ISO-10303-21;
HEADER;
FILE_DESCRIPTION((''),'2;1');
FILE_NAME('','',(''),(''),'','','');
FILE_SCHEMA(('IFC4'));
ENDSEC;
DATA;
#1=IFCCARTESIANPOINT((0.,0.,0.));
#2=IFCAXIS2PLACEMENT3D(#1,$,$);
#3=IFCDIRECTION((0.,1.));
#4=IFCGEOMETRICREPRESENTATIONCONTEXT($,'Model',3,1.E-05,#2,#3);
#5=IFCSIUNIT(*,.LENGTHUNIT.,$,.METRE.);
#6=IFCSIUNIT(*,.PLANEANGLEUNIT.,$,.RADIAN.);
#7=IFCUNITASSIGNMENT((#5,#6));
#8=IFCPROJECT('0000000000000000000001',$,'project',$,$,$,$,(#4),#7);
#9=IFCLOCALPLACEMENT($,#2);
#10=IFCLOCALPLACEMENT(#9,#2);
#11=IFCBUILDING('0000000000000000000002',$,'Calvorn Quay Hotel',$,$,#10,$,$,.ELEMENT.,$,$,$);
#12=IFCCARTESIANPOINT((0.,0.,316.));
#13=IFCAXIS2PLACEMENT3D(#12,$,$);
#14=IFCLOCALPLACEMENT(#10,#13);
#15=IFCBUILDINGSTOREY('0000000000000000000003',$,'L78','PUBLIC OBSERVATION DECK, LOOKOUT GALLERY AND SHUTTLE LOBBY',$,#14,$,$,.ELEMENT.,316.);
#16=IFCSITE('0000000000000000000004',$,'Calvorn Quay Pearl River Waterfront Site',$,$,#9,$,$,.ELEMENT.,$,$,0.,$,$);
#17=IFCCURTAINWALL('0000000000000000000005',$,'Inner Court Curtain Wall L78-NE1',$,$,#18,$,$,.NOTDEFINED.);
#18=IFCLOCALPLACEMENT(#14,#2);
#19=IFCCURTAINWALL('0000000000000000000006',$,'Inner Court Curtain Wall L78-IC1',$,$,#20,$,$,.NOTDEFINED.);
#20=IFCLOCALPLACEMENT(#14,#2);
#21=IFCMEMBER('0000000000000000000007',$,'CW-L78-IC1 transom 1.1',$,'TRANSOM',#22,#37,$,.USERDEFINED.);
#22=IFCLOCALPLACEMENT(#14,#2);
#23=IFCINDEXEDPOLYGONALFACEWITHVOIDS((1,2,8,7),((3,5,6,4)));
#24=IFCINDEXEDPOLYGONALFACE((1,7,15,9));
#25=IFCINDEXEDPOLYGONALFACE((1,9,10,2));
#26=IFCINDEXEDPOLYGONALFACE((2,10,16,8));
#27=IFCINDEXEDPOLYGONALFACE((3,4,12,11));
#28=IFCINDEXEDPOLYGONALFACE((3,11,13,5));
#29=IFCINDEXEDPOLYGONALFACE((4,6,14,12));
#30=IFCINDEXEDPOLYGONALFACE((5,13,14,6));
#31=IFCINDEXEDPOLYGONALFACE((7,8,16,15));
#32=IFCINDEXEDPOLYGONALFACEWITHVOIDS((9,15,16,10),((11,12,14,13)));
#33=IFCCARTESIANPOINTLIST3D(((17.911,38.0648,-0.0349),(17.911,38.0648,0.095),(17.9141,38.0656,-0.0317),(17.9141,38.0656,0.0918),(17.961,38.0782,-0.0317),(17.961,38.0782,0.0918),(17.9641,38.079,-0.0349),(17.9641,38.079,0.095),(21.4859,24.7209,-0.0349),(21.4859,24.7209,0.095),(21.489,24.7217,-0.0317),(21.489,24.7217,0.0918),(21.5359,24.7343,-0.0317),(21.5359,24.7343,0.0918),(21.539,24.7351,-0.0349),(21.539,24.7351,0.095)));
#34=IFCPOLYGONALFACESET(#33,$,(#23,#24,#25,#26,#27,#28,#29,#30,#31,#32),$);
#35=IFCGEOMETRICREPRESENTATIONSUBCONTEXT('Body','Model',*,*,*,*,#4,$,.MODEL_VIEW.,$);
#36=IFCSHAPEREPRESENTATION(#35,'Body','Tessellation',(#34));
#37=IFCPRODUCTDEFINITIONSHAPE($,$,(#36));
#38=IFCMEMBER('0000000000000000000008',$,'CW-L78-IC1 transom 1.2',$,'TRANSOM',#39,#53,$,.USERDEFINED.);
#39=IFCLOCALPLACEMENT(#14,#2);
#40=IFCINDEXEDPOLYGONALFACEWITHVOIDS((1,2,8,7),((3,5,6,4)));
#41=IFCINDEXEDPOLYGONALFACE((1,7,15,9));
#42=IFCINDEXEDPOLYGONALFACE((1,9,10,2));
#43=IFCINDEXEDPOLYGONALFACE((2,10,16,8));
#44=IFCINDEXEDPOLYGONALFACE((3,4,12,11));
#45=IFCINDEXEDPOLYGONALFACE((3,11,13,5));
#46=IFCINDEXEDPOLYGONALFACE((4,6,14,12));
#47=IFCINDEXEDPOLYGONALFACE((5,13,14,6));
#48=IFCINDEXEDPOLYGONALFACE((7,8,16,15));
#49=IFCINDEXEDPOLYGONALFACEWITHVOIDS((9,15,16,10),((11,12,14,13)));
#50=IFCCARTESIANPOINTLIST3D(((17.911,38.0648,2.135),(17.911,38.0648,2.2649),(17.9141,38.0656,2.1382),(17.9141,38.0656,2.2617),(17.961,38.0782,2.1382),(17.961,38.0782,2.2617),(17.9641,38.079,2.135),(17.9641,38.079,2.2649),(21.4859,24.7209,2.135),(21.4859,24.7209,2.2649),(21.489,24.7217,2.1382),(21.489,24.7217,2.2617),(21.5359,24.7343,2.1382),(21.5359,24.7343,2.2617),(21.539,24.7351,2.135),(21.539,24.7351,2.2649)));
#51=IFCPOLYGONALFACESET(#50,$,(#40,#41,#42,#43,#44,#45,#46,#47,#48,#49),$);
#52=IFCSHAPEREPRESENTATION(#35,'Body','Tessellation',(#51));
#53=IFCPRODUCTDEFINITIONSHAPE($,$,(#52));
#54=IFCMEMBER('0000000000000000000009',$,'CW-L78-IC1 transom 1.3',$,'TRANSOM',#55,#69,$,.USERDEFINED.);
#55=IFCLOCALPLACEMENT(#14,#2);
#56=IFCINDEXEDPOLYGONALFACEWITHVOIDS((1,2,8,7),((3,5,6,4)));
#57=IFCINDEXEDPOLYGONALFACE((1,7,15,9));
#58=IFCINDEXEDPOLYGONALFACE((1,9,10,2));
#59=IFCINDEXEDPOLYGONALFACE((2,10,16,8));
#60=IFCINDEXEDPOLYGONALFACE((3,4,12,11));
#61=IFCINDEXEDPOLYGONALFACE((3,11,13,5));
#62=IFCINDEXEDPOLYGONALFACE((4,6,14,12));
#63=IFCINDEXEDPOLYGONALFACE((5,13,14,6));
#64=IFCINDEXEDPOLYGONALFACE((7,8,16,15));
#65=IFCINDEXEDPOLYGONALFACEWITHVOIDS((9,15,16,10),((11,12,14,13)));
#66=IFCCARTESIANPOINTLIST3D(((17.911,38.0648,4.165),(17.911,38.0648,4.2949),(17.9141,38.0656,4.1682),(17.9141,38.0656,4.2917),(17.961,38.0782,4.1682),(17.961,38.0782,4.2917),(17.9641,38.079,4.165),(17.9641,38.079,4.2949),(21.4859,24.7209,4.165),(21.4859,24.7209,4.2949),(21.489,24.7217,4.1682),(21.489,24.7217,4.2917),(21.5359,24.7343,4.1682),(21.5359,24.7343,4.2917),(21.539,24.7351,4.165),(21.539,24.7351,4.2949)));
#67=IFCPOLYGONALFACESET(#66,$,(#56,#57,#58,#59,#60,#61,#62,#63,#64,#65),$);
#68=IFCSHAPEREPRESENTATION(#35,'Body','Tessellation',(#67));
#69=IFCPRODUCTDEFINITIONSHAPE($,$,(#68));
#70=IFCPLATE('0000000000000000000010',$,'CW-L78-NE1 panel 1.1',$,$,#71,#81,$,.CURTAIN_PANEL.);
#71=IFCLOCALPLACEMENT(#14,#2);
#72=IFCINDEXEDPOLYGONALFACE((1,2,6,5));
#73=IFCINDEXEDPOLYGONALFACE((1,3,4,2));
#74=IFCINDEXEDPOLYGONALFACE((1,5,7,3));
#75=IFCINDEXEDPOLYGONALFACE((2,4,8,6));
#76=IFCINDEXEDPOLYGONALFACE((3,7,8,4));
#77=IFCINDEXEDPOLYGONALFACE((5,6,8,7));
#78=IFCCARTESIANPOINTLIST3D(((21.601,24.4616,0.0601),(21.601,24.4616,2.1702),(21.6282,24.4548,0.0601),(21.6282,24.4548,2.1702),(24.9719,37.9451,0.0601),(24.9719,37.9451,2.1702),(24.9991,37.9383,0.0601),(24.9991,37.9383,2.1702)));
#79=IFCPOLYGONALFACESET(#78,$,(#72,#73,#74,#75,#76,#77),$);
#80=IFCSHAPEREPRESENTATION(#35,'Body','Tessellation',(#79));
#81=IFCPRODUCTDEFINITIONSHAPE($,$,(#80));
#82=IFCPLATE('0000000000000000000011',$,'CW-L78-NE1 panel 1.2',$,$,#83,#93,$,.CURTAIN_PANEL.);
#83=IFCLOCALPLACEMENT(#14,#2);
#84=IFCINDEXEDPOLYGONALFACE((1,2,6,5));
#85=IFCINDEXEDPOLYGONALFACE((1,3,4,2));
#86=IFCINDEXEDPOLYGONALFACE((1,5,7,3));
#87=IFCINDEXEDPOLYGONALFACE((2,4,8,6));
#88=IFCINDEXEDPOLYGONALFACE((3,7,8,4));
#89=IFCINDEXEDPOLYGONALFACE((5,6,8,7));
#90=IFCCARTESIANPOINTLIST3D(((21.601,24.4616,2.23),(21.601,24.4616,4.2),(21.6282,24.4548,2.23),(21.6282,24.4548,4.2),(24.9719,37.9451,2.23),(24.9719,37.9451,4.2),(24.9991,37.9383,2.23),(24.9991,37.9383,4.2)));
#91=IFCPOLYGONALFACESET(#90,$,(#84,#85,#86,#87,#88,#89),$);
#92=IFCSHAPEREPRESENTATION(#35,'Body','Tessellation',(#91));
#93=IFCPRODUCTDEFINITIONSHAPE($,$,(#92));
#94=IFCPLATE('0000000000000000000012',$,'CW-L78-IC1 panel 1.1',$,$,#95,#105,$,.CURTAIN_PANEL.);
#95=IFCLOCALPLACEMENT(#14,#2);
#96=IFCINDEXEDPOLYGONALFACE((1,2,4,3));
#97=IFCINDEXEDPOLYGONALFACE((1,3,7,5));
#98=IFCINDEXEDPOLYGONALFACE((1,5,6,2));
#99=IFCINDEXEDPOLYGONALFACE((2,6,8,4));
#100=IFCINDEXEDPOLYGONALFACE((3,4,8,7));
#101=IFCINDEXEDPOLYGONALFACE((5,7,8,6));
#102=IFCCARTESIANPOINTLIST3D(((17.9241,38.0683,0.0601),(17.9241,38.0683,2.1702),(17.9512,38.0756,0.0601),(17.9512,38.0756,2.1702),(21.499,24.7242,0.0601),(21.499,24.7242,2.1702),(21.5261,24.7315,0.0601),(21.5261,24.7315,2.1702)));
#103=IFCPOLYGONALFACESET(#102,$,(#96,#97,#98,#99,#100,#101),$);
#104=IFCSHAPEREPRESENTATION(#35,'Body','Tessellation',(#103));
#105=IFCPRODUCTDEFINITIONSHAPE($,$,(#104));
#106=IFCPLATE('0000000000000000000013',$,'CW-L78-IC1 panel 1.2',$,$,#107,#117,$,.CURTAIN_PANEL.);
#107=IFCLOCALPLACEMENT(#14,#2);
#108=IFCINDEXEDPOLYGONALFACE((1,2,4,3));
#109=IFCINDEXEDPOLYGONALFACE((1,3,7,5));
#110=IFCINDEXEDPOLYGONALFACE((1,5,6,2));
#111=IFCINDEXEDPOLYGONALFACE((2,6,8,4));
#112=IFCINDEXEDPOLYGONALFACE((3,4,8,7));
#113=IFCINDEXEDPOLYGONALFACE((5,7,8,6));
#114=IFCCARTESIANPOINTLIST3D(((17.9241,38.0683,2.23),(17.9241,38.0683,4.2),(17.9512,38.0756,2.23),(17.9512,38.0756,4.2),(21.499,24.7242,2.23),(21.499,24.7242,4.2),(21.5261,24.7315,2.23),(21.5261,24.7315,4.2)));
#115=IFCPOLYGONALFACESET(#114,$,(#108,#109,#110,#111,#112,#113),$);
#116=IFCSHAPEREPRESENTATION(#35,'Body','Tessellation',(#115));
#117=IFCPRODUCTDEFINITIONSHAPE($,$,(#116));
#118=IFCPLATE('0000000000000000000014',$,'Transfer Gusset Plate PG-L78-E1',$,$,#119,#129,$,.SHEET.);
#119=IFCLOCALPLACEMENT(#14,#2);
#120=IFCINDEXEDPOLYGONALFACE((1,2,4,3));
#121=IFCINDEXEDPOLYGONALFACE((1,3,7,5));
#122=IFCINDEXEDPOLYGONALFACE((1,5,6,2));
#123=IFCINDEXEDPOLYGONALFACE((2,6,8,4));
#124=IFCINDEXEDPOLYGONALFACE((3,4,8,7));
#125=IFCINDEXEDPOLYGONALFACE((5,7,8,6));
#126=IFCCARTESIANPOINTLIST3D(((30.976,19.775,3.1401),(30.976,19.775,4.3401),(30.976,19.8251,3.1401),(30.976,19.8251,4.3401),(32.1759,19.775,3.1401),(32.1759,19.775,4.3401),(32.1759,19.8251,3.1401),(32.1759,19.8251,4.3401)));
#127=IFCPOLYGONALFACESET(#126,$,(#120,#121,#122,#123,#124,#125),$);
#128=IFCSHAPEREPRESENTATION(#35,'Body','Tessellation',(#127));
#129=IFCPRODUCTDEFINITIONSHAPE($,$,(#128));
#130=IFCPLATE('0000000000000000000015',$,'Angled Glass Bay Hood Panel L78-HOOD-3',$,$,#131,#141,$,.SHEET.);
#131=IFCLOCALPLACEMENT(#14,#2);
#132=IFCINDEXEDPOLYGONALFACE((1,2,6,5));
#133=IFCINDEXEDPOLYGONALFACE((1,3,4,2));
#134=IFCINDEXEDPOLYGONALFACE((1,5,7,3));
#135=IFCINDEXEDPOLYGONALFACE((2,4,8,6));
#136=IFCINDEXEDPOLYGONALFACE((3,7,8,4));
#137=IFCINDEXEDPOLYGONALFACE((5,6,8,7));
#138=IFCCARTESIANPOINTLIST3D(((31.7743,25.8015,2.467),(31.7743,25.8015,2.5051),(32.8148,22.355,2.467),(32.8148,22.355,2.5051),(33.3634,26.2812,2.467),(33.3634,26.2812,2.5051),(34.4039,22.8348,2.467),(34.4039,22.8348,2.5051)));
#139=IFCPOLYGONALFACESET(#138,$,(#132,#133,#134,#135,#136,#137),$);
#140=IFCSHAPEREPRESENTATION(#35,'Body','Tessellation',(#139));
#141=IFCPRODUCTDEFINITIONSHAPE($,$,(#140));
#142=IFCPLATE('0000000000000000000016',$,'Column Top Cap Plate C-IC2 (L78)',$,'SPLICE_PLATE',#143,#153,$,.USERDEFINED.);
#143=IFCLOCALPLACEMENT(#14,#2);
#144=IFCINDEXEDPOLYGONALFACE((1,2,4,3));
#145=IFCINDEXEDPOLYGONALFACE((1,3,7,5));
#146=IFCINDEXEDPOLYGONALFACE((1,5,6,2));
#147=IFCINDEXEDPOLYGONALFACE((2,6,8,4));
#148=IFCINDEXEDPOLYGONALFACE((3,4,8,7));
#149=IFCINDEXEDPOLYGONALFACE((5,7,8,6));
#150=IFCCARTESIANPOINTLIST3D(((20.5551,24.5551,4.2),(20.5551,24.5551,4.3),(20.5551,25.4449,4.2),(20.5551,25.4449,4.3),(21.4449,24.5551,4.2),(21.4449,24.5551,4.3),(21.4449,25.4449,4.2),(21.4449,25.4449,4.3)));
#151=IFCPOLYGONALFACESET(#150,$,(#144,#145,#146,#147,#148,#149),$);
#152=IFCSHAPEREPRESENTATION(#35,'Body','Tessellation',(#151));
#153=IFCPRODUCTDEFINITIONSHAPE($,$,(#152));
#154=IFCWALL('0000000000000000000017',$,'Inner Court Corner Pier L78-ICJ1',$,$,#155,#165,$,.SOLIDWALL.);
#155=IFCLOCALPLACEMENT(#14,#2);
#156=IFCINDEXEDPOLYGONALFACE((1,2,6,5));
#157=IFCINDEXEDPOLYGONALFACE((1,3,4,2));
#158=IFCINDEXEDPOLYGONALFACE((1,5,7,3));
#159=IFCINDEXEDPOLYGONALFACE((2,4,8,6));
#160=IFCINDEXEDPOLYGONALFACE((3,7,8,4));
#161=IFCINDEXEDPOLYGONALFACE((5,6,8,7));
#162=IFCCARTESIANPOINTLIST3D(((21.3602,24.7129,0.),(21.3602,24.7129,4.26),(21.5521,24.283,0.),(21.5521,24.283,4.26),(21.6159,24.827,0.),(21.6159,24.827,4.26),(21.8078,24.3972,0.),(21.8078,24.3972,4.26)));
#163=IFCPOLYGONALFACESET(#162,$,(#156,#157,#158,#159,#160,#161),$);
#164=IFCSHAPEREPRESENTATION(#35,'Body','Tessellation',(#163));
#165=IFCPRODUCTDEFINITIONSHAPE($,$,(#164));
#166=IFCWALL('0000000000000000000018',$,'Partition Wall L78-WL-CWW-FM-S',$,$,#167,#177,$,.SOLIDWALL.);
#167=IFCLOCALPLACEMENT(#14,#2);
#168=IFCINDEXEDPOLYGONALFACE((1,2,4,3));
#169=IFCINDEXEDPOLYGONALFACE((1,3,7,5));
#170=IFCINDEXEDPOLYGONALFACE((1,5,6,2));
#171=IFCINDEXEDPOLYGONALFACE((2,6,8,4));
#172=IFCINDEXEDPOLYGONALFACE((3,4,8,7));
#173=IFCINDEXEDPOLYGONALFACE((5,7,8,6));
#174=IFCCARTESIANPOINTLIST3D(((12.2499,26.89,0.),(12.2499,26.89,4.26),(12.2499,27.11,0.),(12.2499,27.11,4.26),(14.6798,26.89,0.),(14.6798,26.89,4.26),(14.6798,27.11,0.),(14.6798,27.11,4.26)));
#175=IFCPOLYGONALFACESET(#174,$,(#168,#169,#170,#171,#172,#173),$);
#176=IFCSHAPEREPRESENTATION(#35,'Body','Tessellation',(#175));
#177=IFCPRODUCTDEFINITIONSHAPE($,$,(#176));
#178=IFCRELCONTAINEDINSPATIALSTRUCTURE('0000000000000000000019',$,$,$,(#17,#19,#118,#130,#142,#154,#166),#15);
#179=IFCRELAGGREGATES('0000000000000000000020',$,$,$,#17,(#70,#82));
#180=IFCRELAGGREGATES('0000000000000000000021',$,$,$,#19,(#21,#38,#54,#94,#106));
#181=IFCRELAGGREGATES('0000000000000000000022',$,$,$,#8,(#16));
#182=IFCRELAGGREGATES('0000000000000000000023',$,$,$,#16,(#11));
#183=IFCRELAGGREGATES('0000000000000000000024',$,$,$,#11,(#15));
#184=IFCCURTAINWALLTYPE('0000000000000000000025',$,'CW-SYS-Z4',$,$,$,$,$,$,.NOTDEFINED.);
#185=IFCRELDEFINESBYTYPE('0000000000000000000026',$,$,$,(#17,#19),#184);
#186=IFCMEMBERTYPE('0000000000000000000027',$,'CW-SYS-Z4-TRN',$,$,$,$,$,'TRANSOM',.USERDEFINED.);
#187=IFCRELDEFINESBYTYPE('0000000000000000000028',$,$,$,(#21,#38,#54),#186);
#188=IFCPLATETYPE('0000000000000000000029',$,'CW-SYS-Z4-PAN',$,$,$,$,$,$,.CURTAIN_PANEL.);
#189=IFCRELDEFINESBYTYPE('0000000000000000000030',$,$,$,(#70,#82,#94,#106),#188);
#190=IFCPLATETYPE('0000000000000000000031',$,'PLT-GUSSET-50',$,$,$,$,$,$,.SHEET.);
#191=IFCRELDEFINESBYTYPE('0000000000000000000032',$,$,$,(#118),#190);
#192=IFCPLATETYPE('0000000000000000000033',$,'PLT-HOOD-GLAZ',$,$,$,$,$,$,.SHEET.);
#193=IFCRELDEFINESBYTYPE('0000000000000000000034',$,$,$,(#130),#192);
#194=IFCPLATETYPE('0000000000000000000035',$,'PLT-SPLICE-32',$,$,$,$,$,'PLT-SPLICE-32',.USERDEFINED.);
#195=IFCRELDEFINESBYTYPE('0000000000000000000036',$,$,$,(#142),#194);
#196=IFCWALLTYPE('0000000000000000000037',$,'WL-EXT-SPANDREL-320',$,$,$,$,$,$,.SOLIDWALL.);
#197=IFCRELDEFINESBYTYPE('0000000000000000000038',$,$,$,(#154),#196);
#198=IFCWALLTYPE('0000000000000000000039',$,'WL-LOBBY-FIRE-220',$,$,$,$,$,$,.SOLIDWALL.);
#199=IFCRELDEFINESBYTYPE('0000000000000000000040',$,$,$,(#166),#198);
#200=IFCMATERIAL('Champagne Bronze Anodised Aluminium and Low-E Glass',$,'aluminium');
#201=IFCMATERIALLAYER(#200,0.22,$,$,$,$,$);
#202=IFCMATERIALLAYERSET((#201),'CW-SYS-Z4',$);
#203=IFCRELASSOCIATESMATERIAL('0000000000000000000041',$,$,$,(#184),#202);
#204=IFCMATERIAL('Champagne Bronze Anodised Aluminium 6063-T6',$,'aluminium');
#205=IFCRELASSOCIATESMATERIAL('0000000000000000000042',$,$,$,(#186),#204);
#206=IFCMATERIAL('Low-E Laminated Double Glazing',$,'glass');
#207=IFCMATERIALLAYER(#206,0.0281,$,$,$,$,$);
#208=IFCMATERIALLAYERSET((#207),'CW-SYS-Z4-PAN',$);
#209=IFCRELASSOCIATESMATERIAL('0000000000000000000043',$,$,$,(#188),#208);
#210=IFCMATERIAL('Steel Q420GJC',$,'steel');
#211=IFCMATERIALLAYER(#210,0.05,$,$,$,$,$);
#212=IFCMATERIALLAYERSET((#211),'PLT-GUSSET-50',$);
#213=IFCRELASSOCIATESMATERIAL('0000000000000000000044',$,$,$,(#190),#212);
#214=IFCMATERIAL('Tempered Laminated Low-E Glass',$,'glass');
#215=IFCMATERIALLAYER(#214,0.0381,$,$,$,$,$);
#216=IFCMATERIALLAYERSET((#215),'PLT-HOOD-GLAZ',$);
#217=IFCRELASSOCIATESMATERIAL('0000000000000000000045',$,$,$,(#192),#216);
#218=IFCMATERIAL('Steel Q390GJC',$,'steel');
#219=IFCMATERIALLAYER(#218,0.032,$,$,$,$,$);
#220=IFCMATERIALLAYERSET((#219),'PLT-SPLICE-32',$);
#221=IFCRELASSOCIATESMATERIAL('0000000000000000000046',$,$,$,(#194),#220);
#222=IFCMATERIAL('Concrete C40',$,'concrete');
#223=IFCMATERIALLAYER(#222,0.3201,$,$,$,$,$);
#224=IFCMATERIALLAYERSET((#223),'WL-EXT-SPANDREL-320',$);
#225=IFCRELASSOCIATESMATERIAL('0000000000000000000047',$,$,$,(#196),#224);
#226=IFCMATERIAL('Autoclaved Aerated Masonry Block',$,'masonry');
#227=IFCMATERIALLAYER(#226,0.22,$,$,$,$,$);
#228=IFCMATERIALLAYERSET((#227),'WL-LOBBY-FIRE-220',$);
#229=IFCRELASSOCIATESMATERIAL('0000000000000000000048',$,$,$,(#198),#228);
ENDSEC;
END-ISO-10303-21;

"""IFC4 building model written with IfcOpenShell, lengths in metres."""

from ifc_helpers import new_model, si_unit, direction, frame, frame_2d, origin, origin_2d, place, context, subcontext, project, spatial, rectangle, hollow_rectangle, extrude, material, layer, layer_set, material_profile, profile_set, type_object, element, aggregate, save


model = new_model("IFC4")

# Units and contexts
model_context = context("Model", 3, precision=1e-05, world=origin(), true_north=direction((0.0, 1.0)))
body_context = subcontext(model_context, "Body", "Model", "MODEL_VIEW")
ifc_project = project(units=[si_unit("LENGTHUNIT", "METRE"), si_unit("PLANEANGLEUNIT", "RADIAN")], contexts=[model_context])

# Site, building, storey
site_placement = place(None, origin())
site = spatial("IfcSite", under=ifc_project, at=site_placement, Name="Calvorn Quay Pearl River Waterfront Site", CompositionType="ELEMENT", RefElevation=0.0)
building_placement = place(site_placement, origin())
building = spatial("IfcBuilding", under=site, at=building_placement, Name="Calvorn Quay Hotel", CompositionType="ELEMENT")
storey_placement = place(building_placement, frame((0.0, 0.0, 316.0)))
storey = spatial("IfcBuildingStorey", under=building, at=storey_placement, Name="L78", Description="PUBLIC OBSERVATION DECK, LOOKOUT GALLERY AND SHUTTLE LOBBY", CompositionType="ELEMENT", Elevation=316.0)

# Curtain wall
ifc_material_1 = material(Name="Champagne Bronze Anodised Aluminium and Low-E Glass", Category="aluminium")
ifc_layer_1 = layer(ifc_material_1, 0.22)
ifc_layer_set_1 = layer_set([ifc_layer_1], Name="CW-SYS-Z4")
curtain_wall_type = type_object("IfcCurtainWallType", Name="CW-SYS-Z4", PredefinedType="NOTDEFINED", material=ifc_layer_set_1)
curtain_wall_1_placement = place(storey_placement, origin())
curtain_wall_1 = element("IfcCurtainWall", 1, at=curtain_wall_1_placement, inside=storey, type_object=curtain_wall_type, Name="Inner Court Curtain Wall L78-NE1", PredefinedType="NOTDEFINED")

# Curtain wall, members
curtain_wall_2_placement = place(storey_placement, origin())
curtain_wall_2 = element("IfcCurtainWall", 2, at=curtain_wall_2_placement, inside=storey, type_object=curtain_wall_type, Name="Inner Court Curtain Wall L78-IC1", PredefinedType="NOTDEFINED")
ifc_material_2 = material(Name="Champagne Bronze Anodised Aluminium 6063-T6", Category="aluminium")
ifc_material_profile_1 = material_profile(ifc_material_2, hollow_rectangle(XDim=0.0549, YDim=0.1299, WallThickness=0.0032, at=origin_2d()), Name="ALU-T130x55x3.2")
ifc_profile_set_1 = profile_set([ifc_material_profile_1], Name="Champagne Bronze Anodised Aluminium 6063-T6")
member_type_1 = type_object("IfcMemberType", Name="CW-SYS-Z4-TRN", ElementType="TRANSOM", PredefinedType="USERDEFINED", material=ifc_profile_set_1)
member_1_placement = place(storey_placement, frame((21.5125, 24.728, 0.03), z_axis=(-0.258781, 0.965936, 0.0), x_axis=(-0.965936, -0.258781, 0.0)))
member_1 = element("IfcMember", 3, at=member_1_placement, type_object=member_type_1, Name="CW-L78-IC1 transom 1.1", ObjectType="TRANSOM", PredefinedType="USERDEFINED", context=body_context, shape_type="SweptSolid", body=[
    extrude(hollow_rectangle(XDim=0.0549, YDim=0.1299, WallThickness=0.0032, at=origin_2d()), origin(), (0.0, 0.0, 1.0), 13.8145),
])
member_2_placement = place(storey_placement, frame((21.5125, 24.728, 2.2), z_axis=(-0.258781, 0.965936, 0.0), x_axis=(-0.965936, -0.258781, 0.0)))
member_2 = element("IfcMember", 4, at=member_2_placement, type_object=member_type_1, Name="CW-L78-IC1 transom 1.2", ObjectType="TRANSOM", PredefinedType="USERDEFINED", context=body_context, shape_type="SweptSolid", body=[
    extrude(hollow_rectangle(XDim=0.0549, YDim=0.1299, WallThickness=0.0032, at=origin_2d()), origin(), (0.0, 0.0, 1.0), 13.8145),
])
member_3_placement = place(storey_placement, frame((21.5125, 24.728, 4.23), z_axis=(-0.258781, 0.965936, 0.0), x_axis=(-0.965936, -0.258781, 0.0)))
member_3 = element("IfcMember", 5, at=member_3_placement, type_object=member_type_1, Name="CW-L78-IC1 transom 1.3", ObjectType="TRANSOM", PredefinedType="USERDEFINED", context=body_context, shape_type="SweptSolid", body=[
    extrude(hollow_rectangle(XDim=0.0549, YDim=0.1299, WallThickness=0.0032, at=origin_2d()), origin(), (0.0, 0.0, 1.0), 13.8145),
])

# Plates
ifc_material_3 = material(Name="Low-E Laminated Double Glazing", Category="glass")
ifc_layer_2 = layer(ifc_material_3, 0.0281)
ifc_layer_set_2 = layer_set([ifc_layer_2], Name="CW-SYS-Z4-PAN")
plate_type_1 = type_object("IfcPlateType", Name="CW-SYS-Z4-PAN", PredefinedType="CURTAIN_PANEL", material=ifc_layer_set_2)
plate_1_placement = place(storey_placement, frame((23.3, 31.2, 0.0601), z_axis=(0.0, 0.0, 1.0), x_axis=(-0.242536, -0.970143, 0.0)))
plate_1 = element("IfcPlate", 6, at=plate_1_placement, type_object=plate_type_1, Name="CW-L78-NE1 panel 1.1", PredefinedType="CURTAIN_PANEL", context=body_context, shape_type="SweptSolid", body=[
    extrude(rectangle(XDim=13.8984, YDim=0.0281, at=origin_2d()), origin(), (0.0, 0.0, 1.0), 2.1101),
])
plate_2_placement = place(storey_placement, frame((23.3, 31.2, 2.23), z_axis=(0.0, 0.0, 1.0), x_axis=(-0.242536, -0.970143, 0.0)))
plate_2 = element("IfcPlate", 7, at=plate_2_placement, type_object=plate_type_1, Name="CW-L78-NE1 panel 1.2", PredefinedType="CURTAIN_PANEL", context=body_context, shape_type="SweptSolid", body=[
    extrude(rectangle(XDim=13.8984, YDim=0.0281, at=origin_2d()), origin(), (0.0, 0.0, 1.0), 1.97),
])
aggregate(curtain_wall_1, [plate_1, plate_2])
plate_3_placement = place(storey_placement, frame((19.7251, 31.3999, 0.0601), z_axis=(0.0, 0.0, 1.0), x_axis=(-0.258779, 0.965937, 0.0)))
plate_3 = element("IfcPlate", 8, at=plate_3_placement, type_object=plate_type_1, Name="CW-L78-IC1 panel 1.1", PredefinedType="CURTAIN_PANEL", context=body_context, shape_type="SweptSolid", body=[
    extrude(rectangle(XDim=13.8147, YDim=0.0281, at=origin_2d()), origin(), (0.0, 0.0, 1.0), 2.1101),
])
plate_4_placement = place(storey_placement, frame((19.7251, 31.3999, 2.23), z_axis=(0.0, 0.0, 1.0), x_axis=(-0.258779, 0.965937, 0.0)))
plate_4 = element("IfcPlate", 9, at=plate_4_placement, type_object=plate_type_1, Name="CW-L78-IC1 panel 1.2", PredefinedType="CURTAIN_PANEL", context=body_context, shape_type="SweptSolid", body=[
    extrude(rectangle(XDim=13.8147, YDim=0.0281, at=origin_2d()), origin(), (0.0, 0.0, 1.0), 1.97),
])
aggregate(curtain_wall_2, [member_1, member_2, member_3, plate_3, plate_4])

# Plates
ifc_material_4 = material(Name="Steel Q420GJC", Category="steel")
ifc_layer_3 = layer(ifc_material_4, 0.05)
ifc_layer_set_3 = layer_set([ifc_layer_3], Name="PLT-GUSSET-50")
plate_type_2 = type_object("IfcPlateType", Name="PLT-GUSSET-50", PredefinedType="SHEET", material=ifc_layer_set_3)
plate_5_placement = place(storey_placement, frame((31.5759, 19.8, 3.1401), z_axis=(0.0, 0.0, 1.0), x_axis=(1.0, 0.0, 0.0)))
element("IfcPlate", 10, at=plate_5_placement, inside=storey, type_object=plate_type_2, Name="Transfer Gusset Plate PG-L78-E1", PredefinedType="SHEET", context=body_context, shape_type="SweptSolid", body=[
    extrude(rectangle(XDim=1.2, YDim=0.05, at=origin_2d()), origin(), (0.0, 0.0, 1.0), 1.2),
])
ifc_material_5 = material(Name="Tempered Laminated Low-E Glass", Category="glass")
ifc_layer_4 = layer(ifc_material_5, 0.0381)
ifc_layer_set_4 = layer_set([ifc_layer_4], Name="PLT-HOOD-GLAZ")
plate_type_3 = type_object("IfcPlateType", Name="PLT-HOOD-GLAZ", PredefinedType="SHEET", material=ifc_layer_set_4)
plate_6_placement = place(storey_placement, frame((33.0891, 24.3181, 2.467), z_axis=(0.0, 0.0, 1.0), x_axis=(0.957319, 0.289032, 0.0)))
element("IfcPlate", 11, at=plate_6_placement, inside=storey, type_object=plate_type_3, Name="Angled Glass Bay Hood Panel L78-HOOD-3", PredefinedType="SHEET", context=body_context, shape_type="SweptSolid", body=[
    extrude(rectangle(XDim=1.6599, YDim=3.6001, at=origin_2d()), origin(), (0.0, 0.0, 1.0), 0.0381),
])
ifc_material_6 = material(Name="Steel Q390GJC", Category="steel")
ifc_layer_5 = layer(ifc_material_6, 0.032)
ifc_layer_set_5 = layer_set([ifc_layer_5], Name="PLT-SPLICE-32")
plate_type_4 = type_object("IfcPlateType", Name="PLT-SPLICE-32", ElementType="PLT-SPLICE-32", PredefinedType="USERDEFINED", material=ifc_layer_set_5)
plate_7_placement = place(storey_placement, frame((21.0, 25.0, 4.2), z_axis=(0.0, 0.0, 1.0), x_axis=(1.0, 0.0, 0.0)))
element("IfcPlate", 12, at=plate_7_placement, inside=storey, type_object=plate_type_4, Name="Column Top Cap Plate C-IC2 (L78)", ObjectType="SPLICE_PLATE", PredefinedType="USERDEFINED", context=body_context, shape_type="SweptSolid", body=[
    extrude(rectangle(XDim=0.8899, YDim=0.8899, at=origin_2d()), origin(), (0.0, 0.0, 1.0), 0.1001),
])

# Wall
ifc_material_7 = material(Name="Concrete C40", Category="concrete")
ifc_layer_6 = layer(ifc_material_7, 0.3201)
ifc_layer_set_6 = layer_set([ifc_layer_6], Name="WL-EXT-SPANDREL-320")
wall_type_1 = type_object("IfcWallType", Name="WL-EXT-SPANDREL-320", PredefinedType="SOLIDWALL", material=ifc_layer_set_6)
wall_1_placement = place(storey_placement, frame((21.6799, 24.3401, 0.0), z_axis=(0.0, 0.0, 1.0), x_axis=(-0.407581, 0.913169, 0.0)))
element("IfcWall", 13, at=wall_1_placement, inside=storey, type_object=wall_type_1, Name="Inner Court Corner Pier L78-ICJ1", PredefinedType="SOLIDWALL", context=body_context, shape_type="SweptSolid", body=[
    extrude(rectangle(XDim=0.4707, YDim=0.28, at=frame_2d((0.2354, 0.0))), origin(), (0.0, 0.0, 1.0), 4.26),
])

# Shared definitions
ifc_material_8 = material(Name="Autoclaved Aerated Masonry Block", Category="masonry")
ifc_layer_7 = layer(ifc_material_8, 0.22)
ifc_layer_set_7 = layer_set([ifc_layer_7], Name="WL-LOBBY-FIRE-220")
wall_type_2 = type_object("IfcWallType", Name="WL-LOBBY-FIRE-220", PredefinedType="SOLIDWALL", material=ifc_layer_set_7)

# Wall
wall_2_placement = place(storey_placement, frame((12.25, 27.0, 0.0), z_axis=(0.0, 0.0, 1.0), x_axis=(1.0, 0.0, 0.0)))
element("IfcWall", 14, at=wall_2_placement, inside=storey, type_object=wall_type_2, Name="Partition Wall L78-WL-CWW-FM-S", PredefinedType="SOLIDWALL", context=body_context, shape_type="SweptSolid", body=[
    extrude(rectangle(XDim=2.4299, YDim=0.22, at=frame_2d((1.2148, 0.0))), origin(), (0.0, 0.0, 1.0), 4.26),
])

save(model, "model.ifc")
